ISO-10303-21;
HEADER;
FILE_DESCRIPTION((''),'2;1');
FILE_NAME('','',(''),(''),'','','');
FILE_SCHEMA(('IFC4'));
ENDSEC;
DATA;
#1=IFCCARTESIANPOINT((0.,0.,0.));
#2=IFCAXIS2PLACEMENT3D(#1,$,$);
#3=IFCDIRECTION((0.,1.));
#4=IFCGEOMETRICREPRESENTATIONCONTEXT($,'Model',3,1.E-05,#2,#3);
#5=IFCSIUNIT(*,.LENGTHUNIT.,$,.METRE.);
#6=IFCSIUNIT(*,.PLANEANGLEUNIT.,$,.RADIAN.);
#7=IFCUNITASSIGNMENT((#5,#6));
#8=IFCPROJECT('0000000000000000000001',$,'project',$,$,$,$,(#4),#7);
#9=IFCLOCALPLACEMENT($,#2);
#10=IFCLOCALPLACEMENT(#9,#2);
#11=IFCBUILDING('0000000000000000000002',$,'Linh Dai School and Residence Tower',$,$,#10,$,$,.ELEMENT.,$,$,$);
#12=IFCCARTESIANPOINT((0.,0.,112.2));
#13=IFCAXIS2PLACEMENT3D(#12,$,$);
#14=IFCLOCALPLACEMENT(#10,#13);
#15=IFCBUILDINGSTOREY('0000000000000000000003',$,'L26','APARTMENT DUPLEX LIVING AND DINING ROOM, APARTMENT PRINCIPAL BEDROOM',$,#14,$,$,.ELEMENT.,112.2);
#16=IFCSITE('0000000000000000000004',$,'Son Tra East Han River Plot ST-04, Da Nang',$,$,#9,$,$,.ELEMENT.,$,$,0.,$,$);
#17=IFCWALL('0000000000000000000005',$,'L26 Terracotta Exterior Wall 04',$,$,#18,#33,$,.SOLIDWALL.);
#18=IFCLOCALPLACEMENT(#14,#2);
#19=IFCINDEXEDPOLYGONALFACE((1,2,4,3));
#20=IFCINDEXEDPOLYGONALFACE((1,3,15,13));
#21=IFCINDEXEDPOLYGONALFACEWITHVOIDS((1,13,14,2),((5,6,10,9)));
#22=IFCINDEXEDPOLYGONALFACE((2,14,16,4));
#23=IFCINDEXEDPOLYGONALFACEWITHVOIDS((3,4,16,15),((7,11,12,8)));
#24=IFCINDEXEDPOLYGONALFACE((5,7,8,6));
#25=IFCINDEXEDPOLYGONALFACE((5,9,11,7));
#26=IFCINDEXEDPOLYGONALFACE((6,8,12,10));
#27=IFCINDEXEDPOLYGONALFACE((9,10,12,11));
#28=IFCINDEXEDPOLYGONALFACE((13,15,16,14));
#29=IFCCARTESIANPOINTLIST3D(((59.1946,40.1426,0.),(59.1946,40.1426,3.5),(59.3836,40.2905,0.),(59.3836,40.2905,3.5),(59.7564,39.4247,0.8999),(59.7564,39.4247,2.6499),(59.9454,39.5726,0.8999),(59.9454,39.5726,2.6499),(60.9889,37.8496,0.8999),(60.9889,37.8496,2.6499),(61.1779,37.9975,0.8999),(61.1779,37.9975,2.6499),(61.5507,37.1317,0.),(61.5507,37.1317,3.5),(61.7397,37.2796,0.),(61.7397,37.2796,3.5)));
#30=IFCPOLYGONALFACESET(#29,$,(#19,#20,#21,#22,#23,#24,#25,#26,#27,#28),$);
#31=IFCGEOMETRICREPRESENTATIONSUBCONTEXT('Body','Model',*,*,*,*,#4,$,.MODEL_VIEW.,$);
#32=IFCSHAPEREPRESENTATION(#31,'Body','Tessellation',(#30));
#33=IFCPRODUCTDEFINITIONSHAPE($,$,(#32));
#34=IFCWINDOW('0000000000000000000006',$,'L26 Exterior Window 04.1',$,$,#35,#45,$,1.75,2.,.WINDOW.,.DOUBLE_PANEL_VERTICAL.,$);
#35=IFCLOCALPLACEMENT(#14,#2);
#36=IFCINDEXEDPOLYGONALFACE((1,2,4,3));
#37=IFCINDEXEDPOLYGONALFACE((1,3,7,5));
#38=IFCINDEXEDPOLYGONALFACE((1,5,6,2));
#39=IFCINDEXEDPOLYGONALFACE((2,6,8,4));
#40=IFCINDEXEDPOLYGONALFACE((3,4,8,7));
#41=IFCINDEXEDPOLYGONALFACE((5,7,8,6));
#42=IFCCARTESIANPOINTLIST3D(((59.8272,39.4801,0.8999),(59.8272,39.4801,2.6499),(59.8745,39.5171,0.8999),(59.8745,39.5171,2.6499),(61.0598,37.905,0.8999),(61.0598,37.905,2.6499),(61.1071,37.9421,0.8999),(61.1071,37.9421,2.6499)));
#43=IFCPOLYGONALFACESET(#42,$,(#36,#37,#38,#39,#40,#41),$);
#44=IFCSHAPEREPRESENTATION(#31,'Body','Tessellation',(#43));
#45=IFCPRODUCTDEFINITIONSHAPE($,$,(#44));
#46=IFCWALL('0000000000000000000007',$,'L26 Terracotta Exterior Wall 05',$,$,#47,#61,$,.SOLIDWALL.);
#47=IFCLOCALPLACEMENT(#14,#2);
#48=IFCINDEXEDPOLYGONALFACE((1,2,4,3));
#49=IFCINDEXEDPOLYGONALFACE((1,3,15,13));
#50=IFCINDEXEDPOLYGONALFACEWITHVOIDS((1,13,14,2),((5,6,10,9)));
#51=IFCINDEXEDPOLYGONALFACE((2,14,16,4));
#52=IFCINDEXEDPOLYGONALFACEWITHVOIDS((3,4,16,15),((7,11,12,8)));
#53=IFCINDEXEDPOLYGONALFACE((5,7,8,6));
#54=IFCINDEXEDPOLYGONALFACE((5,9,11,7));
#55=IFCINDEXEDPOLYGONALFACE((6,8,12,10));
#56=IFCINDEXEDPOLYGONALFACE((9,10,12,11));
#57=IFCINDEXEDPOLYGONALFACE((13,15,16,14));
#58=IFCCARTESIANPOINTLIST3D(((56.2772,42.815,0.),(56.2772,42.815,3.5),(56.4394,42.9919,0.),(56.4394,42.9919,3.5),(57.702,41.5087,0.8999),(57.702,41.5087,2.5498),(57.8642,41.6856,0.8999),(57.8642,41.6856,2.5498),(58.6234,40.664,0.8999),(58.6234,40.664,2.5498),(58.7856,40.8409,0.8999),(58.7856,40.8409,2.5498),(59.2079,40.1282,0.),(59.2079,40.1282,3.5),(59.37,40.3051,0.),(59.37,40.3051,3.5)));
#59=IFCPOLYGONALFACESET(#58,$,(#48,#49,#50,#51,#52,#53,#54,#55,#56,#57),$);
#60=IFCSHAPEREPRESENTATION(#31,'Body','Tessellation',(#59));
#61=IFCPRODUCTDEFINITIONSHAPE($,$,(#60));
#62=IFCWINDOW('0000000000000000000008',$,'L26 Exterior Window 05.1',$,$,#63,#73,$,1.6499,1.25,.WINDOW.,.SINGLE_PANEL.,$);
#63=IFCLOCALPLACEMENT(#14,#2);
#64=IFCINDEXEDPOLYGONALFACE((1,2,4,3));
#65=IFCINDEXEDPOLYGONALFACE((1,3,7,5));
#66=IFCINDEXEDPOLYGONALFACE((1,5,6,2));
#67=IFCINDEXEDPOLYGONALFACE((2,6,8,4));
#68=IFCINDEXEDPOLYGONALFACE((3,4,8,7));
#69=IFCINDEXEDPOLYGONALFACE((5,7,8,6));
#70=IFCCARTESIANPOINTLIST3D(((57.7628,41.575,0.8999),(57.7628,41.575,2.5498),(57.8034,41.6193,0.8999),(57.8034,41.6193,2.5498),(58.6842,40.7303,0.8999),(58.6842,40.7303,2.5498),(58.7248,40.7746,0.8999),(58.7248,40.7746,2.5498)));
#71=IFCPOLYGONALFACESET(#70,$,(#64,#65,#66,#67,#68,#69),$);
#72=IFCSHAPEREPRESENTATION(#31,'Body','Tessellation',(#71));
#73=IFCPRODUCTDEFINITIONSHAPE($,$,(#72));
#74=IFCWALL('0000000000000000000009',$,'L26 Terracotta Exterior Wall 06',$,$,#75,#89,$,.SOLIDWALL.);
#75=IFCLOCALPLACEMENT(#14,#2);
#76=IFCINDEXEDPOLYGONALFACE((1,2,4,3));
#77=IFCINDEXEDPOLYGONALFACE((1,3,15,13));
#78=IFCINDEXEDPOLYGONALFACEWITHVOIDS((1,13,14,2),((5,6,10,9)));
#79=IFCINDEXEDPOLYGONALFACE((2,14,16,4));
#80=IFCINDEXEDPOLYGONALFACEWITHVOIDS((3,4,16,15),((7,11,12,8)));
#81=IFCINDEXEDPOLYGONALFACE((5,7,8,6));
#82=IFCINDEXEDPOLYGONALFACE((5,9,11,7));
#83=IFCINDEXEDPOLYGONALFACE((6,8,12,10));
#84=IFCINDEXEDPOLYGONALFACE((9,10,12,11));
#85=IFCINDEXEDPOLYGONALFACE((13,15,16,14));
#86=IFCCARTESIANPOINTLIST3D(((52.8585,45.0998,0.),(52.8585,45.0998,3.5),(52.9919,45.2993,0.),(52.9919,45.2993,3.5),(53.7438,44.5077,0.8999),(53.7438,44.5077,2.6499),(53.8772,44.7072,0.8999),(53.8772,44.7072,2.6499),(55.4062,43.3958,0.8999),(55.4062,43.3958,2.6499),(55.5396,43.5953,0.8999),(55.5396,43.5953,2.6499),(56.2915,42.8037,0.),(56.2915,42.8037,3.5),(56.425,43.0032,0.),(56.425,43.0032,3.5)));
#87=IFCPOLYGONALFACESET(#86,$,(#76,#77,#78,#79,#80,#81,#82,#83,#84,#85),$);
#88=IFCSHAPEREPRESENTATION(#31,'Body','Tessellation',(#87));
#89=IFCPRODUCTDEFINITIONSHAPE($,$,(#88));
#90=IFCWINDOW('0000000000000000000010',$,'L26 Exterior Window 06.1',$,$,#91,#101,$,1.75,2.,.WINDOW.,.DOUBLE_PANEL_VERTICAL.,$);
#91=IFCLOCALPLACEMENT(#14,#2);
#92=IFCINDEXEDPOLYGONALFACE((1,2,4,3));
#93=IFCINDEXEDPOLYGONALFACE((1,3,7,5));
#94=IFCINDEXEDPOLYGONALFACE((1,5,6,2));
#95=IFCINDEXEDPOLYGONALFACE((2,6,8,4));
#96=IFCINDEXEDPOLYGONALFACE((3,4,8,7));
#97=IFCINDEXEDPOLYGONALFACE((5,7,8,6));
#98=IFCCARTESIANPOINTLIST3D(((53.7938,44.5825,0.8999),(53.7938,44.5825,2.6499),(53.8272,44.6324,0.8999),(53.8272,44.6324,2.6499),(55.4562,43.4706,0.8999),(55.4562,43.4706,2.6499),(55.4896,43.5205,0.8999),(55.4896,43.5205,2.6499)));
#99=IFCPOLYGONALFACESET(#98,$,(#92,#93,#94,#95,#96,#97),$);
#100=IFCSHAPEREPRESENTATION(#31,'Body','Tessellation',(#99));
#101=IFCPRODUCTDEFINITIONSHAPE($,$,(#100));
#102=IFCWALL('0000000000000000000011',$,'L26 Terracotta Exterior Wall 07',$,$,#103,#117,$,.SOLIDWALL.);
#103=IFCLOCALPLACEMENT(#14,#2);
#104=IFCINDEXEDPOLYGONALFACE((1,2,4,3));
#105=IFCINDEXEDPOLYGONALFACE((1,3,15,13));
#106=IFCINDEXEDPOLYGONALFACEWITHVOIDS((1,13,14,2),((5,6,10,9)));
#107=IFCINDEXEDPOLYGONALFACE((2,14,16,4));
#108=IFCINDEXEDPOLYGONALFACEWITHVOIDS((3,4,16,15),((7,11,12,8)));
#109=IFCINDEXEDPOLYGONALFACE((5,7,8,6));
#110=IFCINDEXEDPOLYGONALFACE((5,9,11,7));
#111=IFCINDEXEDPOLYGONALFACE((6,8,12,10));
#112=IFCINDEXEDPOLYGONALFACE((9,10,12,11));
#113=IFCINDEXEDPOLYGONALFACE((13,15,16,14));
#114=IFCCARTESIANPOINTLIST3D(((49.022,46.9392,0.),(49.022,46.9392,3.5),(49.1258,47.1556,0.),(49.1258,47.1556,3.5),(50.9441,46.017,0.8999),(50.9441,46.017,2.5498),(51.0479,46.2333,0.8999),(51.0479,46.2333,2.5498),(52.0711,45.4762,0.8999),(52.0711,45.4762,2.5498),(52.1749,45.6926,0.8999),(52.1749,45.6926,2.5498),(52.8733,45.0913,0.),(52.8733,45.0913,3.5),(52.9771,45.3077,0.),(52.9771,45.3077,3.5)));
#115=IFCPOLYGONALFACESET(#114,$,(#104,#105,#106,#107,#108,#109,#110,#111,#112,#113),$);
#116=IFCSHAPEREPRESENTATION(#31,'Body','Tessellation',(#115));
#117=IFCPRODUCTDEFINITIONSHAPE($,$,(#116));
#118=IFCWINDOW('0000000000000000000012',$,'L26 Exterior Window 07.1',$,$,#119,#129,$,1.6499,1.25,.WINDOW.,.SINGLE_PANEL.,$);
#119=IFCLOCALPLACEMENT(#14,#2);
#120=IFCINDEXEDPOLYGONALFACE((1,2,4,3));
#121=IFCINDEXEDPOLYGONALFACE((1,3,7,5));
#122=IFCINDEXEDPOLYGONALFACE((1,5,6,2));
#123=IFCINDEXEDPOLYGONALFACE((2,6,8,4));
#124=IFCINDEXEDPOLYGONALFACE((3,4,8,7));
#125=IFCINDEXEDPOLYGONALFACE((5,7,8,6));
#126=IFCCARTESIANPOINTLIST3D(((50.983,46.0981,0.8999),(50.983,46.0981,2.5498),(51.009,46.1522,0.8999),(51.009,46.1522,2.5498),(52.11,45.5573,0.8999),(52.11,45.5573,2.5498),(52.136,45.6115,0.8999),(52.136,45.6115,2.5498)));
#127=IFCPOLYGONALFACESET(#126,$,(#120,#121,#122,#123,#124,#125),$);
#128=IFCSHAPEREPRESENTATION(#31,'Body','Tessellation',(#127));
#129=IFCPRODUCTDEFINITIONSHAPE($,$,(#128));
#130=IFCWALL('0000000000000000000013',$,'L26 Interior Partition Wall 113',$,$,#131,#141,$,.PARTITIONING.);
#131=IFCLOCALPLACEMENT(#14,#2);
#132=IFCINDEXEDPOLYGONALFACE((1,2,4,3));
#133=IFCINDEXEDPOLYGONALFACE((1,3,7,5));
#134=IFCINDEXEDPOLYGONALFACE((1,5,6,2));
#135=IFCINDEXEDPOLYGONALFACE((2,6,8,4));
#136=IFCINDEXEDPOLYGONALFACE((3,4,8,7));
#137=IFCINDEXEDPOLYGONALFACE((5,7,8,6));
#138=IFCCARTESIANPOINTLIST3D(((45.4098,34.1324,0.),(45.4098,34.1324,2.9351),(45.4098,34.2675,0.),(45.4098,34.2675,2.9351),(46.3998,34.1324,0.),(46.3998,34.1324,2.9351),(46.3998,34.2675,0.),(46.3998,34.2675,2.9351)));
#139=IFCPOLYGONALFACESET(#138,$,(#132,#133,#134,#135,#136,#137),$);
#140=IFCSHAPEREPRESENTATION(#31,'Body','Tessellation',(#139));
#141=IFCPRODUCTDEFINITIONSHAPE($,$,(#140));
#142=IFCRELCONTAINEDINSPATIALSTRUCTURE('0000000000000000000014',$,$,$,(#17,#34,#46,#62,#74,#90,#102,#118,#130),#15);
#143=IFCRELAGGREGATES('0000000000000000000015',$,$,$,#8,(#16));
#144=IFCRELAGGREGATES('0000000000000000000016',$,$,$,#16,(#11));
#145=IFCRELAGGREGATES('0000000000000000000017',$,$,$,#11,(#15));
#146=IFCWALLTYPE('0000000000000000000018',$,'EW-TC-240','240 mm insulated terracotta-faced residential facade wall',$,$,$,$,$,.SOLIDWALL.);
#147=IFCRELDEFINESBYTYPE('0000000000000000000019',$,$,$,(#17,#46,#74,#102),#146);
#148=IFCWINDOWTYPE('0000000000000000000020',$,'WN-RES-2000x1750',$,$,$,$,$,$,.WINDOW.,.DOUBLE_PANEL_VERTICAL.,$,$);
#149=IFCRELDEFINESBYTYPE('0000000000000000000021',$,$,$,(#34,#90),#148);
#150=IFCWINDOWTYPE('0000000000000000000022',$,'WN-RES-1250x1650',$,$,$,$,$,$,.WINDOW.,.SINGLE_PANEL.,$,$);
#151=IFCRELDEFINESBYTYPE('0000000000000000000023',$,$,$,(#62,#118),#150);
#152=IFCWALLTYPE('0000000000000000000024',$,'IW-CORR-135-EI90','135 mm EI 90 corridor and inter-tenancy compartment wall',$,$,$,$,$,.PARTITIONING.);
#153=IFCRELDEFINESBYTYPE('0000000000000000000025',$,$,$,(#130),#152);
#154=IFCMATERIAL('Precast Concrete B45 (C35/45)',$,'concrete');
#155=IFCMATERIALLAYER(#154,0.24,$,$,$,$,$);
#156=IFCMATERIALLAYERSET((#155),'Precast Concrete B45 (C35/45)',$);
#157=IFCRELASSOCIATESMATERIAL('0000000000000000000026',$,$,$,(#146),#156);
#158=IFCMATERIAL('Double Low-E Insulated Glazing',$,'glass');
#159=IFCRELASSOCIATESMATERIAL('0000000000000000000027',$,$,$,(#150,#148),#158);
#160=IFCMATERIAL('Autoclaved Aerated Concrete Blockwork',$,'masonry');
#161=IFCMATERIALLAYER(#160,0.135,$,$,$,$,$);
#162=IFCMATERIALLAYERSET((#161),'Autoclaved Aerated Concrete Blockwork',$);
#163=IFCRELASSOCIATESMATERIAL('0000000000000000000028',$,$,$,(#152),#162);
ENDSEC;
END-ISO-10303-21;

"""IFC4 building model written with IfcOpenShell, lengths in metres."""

from ifc_helpers import new_model, si_unit, direction, frame, frame_2d, origin, origin_2d, place, context, subcontext, project, spatial, rectangle, extrude, source, transform, mapped, material, layer, layer_set, type_object, element, fill, save


model = new_model("IFC4")

# Units and contexts
model_context = context("Model", 3, precision=1e-05, world=origin(), true_north=direction((0.0, 1.0)))
body_context = subcontext(model_context, "Body", "Model", "MODEL_VIEW")
ifc_project = project(units=[si_unit("LENGTHUNIT", "METRE"), si_unit("PLANEANGLEUNIT", "RADIAN")], contexts=[model_context])

# Site, building, storey
site_placement = place(None, origin())
site = spatial("IfcSite", under=ifc_project, at=site_placement, Name="Son Tra East Han River Plot ST-04, Da Nang", CompositionType="ELEMENT", RefElevation=0.0)
building_placement = place(site_placement, origin())
building = spatial("IfcBuilding", under=site, at=building_placement, Name="Linh Dai School and Residence Tower", CompositionType="ELEMENT")
storey_placement = place(building_placement, frame((0.0, 0.0, 112.2)))
storey = spatial("IfcBuildingStorey", under=building, at=storey_placement, Name="L26", Description="APARTMENT DUPLEX LIVING AND DINING ROOM, APARTMENT PRINCIPAL BEDROOM", CompositionType="ELEMENT", Elevation=112.2)

# Shared definitions
ifc_material_1 = material(Name="Precast Concrete B45 (C35/45)", Category="concrete")

# Shared definitions
ifc_layer_1 = layer(ifc_material_1, 0.24)
ifc_layer_set_1 = layer_set([ifc_layer_1], Name="Precast Concrete B45 (C35/45)")
wall_type_1 = type_object("IfcWallType", Name="EW-TC-240", Description="240 mm insulated terracotta-faced residential facade wall", PredefinedType="SOLIDWALL", material=ifc_layer_set_1)

# Walls, openings, windows
ifc_material_2 = material(Name="Double Low-E Insulated Glazing", Category="glass")
window_type_1 = type_object("IfcWindowType", Name="WN-RES-1250x1650", PartitioningType="SINGLE_PANEL", PredefinedType="WINDOW", material=ifc_material_2)
shared_shape_1 = source(origin(), body_context, "Body", "SweptSolid", [
    extrude(rectangle(XDim=1.25, YDim=1.6499, at=origin_2d()), frame((0.625, 0.03, 0.825), z_axis=(0.0, -1.0, 0.0), x_axis=(1.0, 0.0, 0.0)), (0.0, 0.0, 1.0), 0.0601),
])
wall_1_placement = place(storey_placement, frame((59.2891, 40.2166, 0.0), z_axis=(0.0, 0.0, 1.0), x_axis=(0.616272, -0.787533, 0.0)))
wall_1 = element("IfcWall", 1, at=wall_1_placement, inside=storey, type_object=wall_type_1, Name="L26 Terracotta Exterior Wall 04", PredefinedType="SOLIDWALL", context=body_context, shape_type="SweptSolid", body=[
    extrude(rectangle(XDim=3.8232, YDim=0.24, at=frame_2d((1.9116, 0.0))), origin(), (0.0, 0.0, 1.0), 3.5),
])
opening_1_placement = place(wall_1_placement, frame((0.9116, 0.0, 0.8999)))
opening_1 = element("IfcOpeningElement", 2, at=opening_1_placement, cuts=wall_1, PredefinedType="OPENING", context=body_context, shape_type="SweptSolid", body=[
    extrude(rectangle(XDim=2.0, YDim=1.75, at=origin_2d()), frame((1.0, 0.1299, 0.875), z_axis=(0.0, -1.0, 0.0), x_axis=(1.0, 0.0, 0.0)), (0.0, 0.0, 1.0), 0.26),
])
window_type_2 = type_object("IfcWindowType", Name="WN-RES-2000x1750", PartitioningType="DOUBLE_PANEL_VERTICAL", PredefinedType="WINDOW", material=ifc_material_2)
shared_shape_2 = source(origin(), body_context, "Body", "SweptSolid", [
    extrude(rectangle(XDim=2.0, YDim=1.75, at=origin_2d()), frame((1.0, 0.03, 0.875), z_axis=(0.0, -1.0, 0.0), x_axis=(1.0, 0.0, 0.0)), (0.0, 0.0, 1.0), 0.0601),
])
window_1_placement = place(opening_1_placement, origin())
window_1 = element("IfcWindow", 3, at=window_1_placement, inside=storey, type_object=window_type_2, Name="L26 Exterior Window 04.1", OverallHeight=1.75, OverallWidth=2.0, PartitioningType="DOUBLE_PANEL_VERTICAL", PredefinedType="WINDOW", context=body_context, shape_type="MappedRepresentation", body=[
    mapped(shared_shape_2, transform((0.0, 0.0, 0.0), x_axis=(1.0, 0.0, 0.0), y_axis=(0.0, 1.0, 0.0), z_axis=(0.0, 0.0, 1.0), scale=1.0)),
])
fill(opening_1, window_1)
wall_2_placement = place(storey_placement, frame((56.3584, 42.9033, 0.0), z_axis=(0.0, 0.0, 1.0), x_axis=(0.737113, -0.675769, 0.0)))
wall_2 = element("IfcWall", 4, at=wall_2_placement, inside=storey, type_object=wall_type_1, Name="L26 Terracotta Exterior Wall 05", PredefinedType="SOLIDWALL", context=body_context, shape_type="SweptSolid", body=[
    extrude(rectangle(XDim=3.9758, YDim=0.24, at=frame_2d((1.9878, 0.0))), origin(), (0.0, 0.0, 1.0), 3.5),
])
opening_2_placement = place(wall_2_placement, frame((1.9329, 0.0, 0.8999)))
opening_2 = element("IfcOpeningElement", 5, at=opening_2_placement, cuts=wall_2, PredefinedType="OPENING", context=body_context, shape_type="SweptSolid", body=[
    extrude(rectangle(XDim=1.25, YDim=1.6499, at=origin_2d()), frame((0.625, 0.1299, 0.825), z_axis=(0.0, -1.0, 0.0), x_axis=(1.0, 0.0, 0.0)), (0.0, 0.0, 1.0), 0.26),
])
window_2_placement = place(opening_2_placement, origin())
window_2 = element("IfcWindow", 6, at=window_2_placement, inside=storey, type_object=window_type_1, Name="L26 Exterior Window 05.1", OverallHeight=1.6499, OverallWidth=1.25, PartitioningType="SINGLE_PANEL", PredefinedType="WINDOW", context=body_context, shape_type="MappedRepresentation", body=[
    mapped(shared_shape_1, transform((0.0, 0.0, 0.0), x_axis=(1.0, 0.0, 0.0), y_axis=(0.0, 1.0, 0.0), z_axis=(0.0, 0.0, 1.0), scale=1.0)),
])
fill(opening_2, window_2)
wall_3_placement = place(storey_placement, frame((52.9253, 45.1995, 0.0), z_axis=(0.0, 0.0, 1.0), x_axis=(0.831222, -0.555941, 0.0)))
wall_3 = element("IfcWall", 7, at=wall_3_placement, inside=storey, type_object=wall_type_1, Name="L26 Terracotta Exterior Wall 06", PredefinedType="SOLIDWALL", context=body_context, shape_type="SweptSolid", body=[
    extrude(rectangle(XDim=4.1301, YDim=0.24, at=frame_2d((2.0649, 0.0))), origin(), (0.0, 0.0, 1.0), 3.5),
])
opening_3_placement = place(wall_3_placement, frame((1.0649, 0.0, 0.8999)))
opening_3 = element("IfcOpeningElement", 8, at=opening_3_placement, cuts=wall_3, PredefinedType="OPENING", context=body_context, shape_type="SweptSolid", body=[
    extrude(rectangle(XDim=2.0, YDim=1.75, at=origin_2d()), frame((1.0, 0.1299, 0.875), z_axis=(0.0, -1.0, 0.0), x_axis=(1.0, 0.0, 0.0)), (0.0, 0.0, 1.0), 0.26),
])
window_3_placement = place(opening_3_placement, origin())
window_3 = element("IfcWindow", 9, at=window_3_placement, inside=storey, type_object=window_type_2, Name="L26 Exterior Window 06.1", OverallHeight=1.75, OverallWidth=2.0, PartitioningType="DOUBLE_PANEL_VERTICAL", PredefinedType="WINDOW", context=body_context, shape_type="MappedRepresentation", body=[
    mapped(shared_shape_2, transform((0.0, 0.0, 0.0), x_axis=(1.0, 0.0, 0.0), y_axis=(0.0, 1.0, 0.0), z_axis=(0.0, 0.0, 1.0), scale=1.0)),
])
fill(opening_3, window_3)
wall_4_placement = place(storey_placement, frame((49.074, 47.0474, 0.0), z_axis=(0.0, 0.0, 1.0), x_axis=(0.90159, -0.432592, 0.0)))
wall_4 = element("IfcWall", 10, at=wall_4_placement, inside=storey, type_object=wall_type_1, Name="L26 Terracotta Exterior Wall 07", PredefinedType="SOLIDWALL", context=body_context, shape_type="SweptSolid", body=[
    extrude(rectangle(XDim=4.2717, YDim=0.24, at=frame_2d((2.1357, 0.0))), origin(), (0.0, 0.0, 1.0), 3.5),
])
opening_4_placement = place(wall_4_placement, frame((2.1318, 0.0, 0.8999)))
opening_4 = element("IfcOpeningElement", 11, at=opening_4_placement, cuts=wall_4, PredefinedType="OPENING", context=body_context, shape_type="SweptSolid", body=[
    extrude(rectangle(XDim=1.25, YDim=1.6499, at=origin_2d()), frame((0.625, 0.1299, 0.825), z_axis=(0.0, -1.0, 0.0), x_axis=(1.0, 0.0, 0.0)), (0.0, 0.0, 1.0), 0.26),
])
window_4_placement = place(opening_4_placement, origin())
window_4 = element("IfcWindow", 12, at=window_4_placement, inside=storey, type_object=window_type_1, Name="L26 Exterior Window 07.1", OverallHeight=1.6499, OverallWidth=1.25, PartitioningType="SINGLE_PANEL", PredefinedType="WINDOW", context=body_context, shape_type="MappedRepresentation", body=[
    mapped(shared_shape_1, transform((0.0, 0.0, 0.0), x_axis=(1.0, 0.0, 0.0), y_axis=(0.0, 1.0, 0.0), z_axis=(0.0, 0.0, 1.0), scale=1.0)),
])
fill(opening_4, window_4)

# Wall
ifc_material_3 = material(Name="Autoclaved Aerated Concrete Blockwork", Category="masonry")
ifc_layer_2 = layer(ifc_material_3, 0.135)
ifc_layer_set_2 = layer_set([ifc_layer_2], Name="Autoclaved Aerated Concrete Blockwork")
wall_type_2 = type_object("IfcWallType", Name="IW-CORR-135-EI90", Description="135 mm EI 90 corridor and inter-tenancy compartment wall", PredefinedType="PARTITIONING", material=ifc_layer_set_2)
wall_5_placement = place(storey_placement, frame((46.3999, 34.2, 0.0), z_axis=(0.0, 0.0, 1.0), x_axis=(-1.0, 0.0, 0.0)))
element("IfcWall", 13, at=wall_5_placement, inside=storey, type_object=wall_type_2, Name="L26 Interior Partition Wall 113", PredefinedType="PARTITIONING", context=body_context, shape_type="SweptSolid", body=[
    extrude(rectangle(XDim=0.99, YDim=0.135, at=frame_2d((0.4951, 0.0))), origin(), (0.0, 0.0, 1.0), 2.9351),
])

save(model, "model.ifc")
